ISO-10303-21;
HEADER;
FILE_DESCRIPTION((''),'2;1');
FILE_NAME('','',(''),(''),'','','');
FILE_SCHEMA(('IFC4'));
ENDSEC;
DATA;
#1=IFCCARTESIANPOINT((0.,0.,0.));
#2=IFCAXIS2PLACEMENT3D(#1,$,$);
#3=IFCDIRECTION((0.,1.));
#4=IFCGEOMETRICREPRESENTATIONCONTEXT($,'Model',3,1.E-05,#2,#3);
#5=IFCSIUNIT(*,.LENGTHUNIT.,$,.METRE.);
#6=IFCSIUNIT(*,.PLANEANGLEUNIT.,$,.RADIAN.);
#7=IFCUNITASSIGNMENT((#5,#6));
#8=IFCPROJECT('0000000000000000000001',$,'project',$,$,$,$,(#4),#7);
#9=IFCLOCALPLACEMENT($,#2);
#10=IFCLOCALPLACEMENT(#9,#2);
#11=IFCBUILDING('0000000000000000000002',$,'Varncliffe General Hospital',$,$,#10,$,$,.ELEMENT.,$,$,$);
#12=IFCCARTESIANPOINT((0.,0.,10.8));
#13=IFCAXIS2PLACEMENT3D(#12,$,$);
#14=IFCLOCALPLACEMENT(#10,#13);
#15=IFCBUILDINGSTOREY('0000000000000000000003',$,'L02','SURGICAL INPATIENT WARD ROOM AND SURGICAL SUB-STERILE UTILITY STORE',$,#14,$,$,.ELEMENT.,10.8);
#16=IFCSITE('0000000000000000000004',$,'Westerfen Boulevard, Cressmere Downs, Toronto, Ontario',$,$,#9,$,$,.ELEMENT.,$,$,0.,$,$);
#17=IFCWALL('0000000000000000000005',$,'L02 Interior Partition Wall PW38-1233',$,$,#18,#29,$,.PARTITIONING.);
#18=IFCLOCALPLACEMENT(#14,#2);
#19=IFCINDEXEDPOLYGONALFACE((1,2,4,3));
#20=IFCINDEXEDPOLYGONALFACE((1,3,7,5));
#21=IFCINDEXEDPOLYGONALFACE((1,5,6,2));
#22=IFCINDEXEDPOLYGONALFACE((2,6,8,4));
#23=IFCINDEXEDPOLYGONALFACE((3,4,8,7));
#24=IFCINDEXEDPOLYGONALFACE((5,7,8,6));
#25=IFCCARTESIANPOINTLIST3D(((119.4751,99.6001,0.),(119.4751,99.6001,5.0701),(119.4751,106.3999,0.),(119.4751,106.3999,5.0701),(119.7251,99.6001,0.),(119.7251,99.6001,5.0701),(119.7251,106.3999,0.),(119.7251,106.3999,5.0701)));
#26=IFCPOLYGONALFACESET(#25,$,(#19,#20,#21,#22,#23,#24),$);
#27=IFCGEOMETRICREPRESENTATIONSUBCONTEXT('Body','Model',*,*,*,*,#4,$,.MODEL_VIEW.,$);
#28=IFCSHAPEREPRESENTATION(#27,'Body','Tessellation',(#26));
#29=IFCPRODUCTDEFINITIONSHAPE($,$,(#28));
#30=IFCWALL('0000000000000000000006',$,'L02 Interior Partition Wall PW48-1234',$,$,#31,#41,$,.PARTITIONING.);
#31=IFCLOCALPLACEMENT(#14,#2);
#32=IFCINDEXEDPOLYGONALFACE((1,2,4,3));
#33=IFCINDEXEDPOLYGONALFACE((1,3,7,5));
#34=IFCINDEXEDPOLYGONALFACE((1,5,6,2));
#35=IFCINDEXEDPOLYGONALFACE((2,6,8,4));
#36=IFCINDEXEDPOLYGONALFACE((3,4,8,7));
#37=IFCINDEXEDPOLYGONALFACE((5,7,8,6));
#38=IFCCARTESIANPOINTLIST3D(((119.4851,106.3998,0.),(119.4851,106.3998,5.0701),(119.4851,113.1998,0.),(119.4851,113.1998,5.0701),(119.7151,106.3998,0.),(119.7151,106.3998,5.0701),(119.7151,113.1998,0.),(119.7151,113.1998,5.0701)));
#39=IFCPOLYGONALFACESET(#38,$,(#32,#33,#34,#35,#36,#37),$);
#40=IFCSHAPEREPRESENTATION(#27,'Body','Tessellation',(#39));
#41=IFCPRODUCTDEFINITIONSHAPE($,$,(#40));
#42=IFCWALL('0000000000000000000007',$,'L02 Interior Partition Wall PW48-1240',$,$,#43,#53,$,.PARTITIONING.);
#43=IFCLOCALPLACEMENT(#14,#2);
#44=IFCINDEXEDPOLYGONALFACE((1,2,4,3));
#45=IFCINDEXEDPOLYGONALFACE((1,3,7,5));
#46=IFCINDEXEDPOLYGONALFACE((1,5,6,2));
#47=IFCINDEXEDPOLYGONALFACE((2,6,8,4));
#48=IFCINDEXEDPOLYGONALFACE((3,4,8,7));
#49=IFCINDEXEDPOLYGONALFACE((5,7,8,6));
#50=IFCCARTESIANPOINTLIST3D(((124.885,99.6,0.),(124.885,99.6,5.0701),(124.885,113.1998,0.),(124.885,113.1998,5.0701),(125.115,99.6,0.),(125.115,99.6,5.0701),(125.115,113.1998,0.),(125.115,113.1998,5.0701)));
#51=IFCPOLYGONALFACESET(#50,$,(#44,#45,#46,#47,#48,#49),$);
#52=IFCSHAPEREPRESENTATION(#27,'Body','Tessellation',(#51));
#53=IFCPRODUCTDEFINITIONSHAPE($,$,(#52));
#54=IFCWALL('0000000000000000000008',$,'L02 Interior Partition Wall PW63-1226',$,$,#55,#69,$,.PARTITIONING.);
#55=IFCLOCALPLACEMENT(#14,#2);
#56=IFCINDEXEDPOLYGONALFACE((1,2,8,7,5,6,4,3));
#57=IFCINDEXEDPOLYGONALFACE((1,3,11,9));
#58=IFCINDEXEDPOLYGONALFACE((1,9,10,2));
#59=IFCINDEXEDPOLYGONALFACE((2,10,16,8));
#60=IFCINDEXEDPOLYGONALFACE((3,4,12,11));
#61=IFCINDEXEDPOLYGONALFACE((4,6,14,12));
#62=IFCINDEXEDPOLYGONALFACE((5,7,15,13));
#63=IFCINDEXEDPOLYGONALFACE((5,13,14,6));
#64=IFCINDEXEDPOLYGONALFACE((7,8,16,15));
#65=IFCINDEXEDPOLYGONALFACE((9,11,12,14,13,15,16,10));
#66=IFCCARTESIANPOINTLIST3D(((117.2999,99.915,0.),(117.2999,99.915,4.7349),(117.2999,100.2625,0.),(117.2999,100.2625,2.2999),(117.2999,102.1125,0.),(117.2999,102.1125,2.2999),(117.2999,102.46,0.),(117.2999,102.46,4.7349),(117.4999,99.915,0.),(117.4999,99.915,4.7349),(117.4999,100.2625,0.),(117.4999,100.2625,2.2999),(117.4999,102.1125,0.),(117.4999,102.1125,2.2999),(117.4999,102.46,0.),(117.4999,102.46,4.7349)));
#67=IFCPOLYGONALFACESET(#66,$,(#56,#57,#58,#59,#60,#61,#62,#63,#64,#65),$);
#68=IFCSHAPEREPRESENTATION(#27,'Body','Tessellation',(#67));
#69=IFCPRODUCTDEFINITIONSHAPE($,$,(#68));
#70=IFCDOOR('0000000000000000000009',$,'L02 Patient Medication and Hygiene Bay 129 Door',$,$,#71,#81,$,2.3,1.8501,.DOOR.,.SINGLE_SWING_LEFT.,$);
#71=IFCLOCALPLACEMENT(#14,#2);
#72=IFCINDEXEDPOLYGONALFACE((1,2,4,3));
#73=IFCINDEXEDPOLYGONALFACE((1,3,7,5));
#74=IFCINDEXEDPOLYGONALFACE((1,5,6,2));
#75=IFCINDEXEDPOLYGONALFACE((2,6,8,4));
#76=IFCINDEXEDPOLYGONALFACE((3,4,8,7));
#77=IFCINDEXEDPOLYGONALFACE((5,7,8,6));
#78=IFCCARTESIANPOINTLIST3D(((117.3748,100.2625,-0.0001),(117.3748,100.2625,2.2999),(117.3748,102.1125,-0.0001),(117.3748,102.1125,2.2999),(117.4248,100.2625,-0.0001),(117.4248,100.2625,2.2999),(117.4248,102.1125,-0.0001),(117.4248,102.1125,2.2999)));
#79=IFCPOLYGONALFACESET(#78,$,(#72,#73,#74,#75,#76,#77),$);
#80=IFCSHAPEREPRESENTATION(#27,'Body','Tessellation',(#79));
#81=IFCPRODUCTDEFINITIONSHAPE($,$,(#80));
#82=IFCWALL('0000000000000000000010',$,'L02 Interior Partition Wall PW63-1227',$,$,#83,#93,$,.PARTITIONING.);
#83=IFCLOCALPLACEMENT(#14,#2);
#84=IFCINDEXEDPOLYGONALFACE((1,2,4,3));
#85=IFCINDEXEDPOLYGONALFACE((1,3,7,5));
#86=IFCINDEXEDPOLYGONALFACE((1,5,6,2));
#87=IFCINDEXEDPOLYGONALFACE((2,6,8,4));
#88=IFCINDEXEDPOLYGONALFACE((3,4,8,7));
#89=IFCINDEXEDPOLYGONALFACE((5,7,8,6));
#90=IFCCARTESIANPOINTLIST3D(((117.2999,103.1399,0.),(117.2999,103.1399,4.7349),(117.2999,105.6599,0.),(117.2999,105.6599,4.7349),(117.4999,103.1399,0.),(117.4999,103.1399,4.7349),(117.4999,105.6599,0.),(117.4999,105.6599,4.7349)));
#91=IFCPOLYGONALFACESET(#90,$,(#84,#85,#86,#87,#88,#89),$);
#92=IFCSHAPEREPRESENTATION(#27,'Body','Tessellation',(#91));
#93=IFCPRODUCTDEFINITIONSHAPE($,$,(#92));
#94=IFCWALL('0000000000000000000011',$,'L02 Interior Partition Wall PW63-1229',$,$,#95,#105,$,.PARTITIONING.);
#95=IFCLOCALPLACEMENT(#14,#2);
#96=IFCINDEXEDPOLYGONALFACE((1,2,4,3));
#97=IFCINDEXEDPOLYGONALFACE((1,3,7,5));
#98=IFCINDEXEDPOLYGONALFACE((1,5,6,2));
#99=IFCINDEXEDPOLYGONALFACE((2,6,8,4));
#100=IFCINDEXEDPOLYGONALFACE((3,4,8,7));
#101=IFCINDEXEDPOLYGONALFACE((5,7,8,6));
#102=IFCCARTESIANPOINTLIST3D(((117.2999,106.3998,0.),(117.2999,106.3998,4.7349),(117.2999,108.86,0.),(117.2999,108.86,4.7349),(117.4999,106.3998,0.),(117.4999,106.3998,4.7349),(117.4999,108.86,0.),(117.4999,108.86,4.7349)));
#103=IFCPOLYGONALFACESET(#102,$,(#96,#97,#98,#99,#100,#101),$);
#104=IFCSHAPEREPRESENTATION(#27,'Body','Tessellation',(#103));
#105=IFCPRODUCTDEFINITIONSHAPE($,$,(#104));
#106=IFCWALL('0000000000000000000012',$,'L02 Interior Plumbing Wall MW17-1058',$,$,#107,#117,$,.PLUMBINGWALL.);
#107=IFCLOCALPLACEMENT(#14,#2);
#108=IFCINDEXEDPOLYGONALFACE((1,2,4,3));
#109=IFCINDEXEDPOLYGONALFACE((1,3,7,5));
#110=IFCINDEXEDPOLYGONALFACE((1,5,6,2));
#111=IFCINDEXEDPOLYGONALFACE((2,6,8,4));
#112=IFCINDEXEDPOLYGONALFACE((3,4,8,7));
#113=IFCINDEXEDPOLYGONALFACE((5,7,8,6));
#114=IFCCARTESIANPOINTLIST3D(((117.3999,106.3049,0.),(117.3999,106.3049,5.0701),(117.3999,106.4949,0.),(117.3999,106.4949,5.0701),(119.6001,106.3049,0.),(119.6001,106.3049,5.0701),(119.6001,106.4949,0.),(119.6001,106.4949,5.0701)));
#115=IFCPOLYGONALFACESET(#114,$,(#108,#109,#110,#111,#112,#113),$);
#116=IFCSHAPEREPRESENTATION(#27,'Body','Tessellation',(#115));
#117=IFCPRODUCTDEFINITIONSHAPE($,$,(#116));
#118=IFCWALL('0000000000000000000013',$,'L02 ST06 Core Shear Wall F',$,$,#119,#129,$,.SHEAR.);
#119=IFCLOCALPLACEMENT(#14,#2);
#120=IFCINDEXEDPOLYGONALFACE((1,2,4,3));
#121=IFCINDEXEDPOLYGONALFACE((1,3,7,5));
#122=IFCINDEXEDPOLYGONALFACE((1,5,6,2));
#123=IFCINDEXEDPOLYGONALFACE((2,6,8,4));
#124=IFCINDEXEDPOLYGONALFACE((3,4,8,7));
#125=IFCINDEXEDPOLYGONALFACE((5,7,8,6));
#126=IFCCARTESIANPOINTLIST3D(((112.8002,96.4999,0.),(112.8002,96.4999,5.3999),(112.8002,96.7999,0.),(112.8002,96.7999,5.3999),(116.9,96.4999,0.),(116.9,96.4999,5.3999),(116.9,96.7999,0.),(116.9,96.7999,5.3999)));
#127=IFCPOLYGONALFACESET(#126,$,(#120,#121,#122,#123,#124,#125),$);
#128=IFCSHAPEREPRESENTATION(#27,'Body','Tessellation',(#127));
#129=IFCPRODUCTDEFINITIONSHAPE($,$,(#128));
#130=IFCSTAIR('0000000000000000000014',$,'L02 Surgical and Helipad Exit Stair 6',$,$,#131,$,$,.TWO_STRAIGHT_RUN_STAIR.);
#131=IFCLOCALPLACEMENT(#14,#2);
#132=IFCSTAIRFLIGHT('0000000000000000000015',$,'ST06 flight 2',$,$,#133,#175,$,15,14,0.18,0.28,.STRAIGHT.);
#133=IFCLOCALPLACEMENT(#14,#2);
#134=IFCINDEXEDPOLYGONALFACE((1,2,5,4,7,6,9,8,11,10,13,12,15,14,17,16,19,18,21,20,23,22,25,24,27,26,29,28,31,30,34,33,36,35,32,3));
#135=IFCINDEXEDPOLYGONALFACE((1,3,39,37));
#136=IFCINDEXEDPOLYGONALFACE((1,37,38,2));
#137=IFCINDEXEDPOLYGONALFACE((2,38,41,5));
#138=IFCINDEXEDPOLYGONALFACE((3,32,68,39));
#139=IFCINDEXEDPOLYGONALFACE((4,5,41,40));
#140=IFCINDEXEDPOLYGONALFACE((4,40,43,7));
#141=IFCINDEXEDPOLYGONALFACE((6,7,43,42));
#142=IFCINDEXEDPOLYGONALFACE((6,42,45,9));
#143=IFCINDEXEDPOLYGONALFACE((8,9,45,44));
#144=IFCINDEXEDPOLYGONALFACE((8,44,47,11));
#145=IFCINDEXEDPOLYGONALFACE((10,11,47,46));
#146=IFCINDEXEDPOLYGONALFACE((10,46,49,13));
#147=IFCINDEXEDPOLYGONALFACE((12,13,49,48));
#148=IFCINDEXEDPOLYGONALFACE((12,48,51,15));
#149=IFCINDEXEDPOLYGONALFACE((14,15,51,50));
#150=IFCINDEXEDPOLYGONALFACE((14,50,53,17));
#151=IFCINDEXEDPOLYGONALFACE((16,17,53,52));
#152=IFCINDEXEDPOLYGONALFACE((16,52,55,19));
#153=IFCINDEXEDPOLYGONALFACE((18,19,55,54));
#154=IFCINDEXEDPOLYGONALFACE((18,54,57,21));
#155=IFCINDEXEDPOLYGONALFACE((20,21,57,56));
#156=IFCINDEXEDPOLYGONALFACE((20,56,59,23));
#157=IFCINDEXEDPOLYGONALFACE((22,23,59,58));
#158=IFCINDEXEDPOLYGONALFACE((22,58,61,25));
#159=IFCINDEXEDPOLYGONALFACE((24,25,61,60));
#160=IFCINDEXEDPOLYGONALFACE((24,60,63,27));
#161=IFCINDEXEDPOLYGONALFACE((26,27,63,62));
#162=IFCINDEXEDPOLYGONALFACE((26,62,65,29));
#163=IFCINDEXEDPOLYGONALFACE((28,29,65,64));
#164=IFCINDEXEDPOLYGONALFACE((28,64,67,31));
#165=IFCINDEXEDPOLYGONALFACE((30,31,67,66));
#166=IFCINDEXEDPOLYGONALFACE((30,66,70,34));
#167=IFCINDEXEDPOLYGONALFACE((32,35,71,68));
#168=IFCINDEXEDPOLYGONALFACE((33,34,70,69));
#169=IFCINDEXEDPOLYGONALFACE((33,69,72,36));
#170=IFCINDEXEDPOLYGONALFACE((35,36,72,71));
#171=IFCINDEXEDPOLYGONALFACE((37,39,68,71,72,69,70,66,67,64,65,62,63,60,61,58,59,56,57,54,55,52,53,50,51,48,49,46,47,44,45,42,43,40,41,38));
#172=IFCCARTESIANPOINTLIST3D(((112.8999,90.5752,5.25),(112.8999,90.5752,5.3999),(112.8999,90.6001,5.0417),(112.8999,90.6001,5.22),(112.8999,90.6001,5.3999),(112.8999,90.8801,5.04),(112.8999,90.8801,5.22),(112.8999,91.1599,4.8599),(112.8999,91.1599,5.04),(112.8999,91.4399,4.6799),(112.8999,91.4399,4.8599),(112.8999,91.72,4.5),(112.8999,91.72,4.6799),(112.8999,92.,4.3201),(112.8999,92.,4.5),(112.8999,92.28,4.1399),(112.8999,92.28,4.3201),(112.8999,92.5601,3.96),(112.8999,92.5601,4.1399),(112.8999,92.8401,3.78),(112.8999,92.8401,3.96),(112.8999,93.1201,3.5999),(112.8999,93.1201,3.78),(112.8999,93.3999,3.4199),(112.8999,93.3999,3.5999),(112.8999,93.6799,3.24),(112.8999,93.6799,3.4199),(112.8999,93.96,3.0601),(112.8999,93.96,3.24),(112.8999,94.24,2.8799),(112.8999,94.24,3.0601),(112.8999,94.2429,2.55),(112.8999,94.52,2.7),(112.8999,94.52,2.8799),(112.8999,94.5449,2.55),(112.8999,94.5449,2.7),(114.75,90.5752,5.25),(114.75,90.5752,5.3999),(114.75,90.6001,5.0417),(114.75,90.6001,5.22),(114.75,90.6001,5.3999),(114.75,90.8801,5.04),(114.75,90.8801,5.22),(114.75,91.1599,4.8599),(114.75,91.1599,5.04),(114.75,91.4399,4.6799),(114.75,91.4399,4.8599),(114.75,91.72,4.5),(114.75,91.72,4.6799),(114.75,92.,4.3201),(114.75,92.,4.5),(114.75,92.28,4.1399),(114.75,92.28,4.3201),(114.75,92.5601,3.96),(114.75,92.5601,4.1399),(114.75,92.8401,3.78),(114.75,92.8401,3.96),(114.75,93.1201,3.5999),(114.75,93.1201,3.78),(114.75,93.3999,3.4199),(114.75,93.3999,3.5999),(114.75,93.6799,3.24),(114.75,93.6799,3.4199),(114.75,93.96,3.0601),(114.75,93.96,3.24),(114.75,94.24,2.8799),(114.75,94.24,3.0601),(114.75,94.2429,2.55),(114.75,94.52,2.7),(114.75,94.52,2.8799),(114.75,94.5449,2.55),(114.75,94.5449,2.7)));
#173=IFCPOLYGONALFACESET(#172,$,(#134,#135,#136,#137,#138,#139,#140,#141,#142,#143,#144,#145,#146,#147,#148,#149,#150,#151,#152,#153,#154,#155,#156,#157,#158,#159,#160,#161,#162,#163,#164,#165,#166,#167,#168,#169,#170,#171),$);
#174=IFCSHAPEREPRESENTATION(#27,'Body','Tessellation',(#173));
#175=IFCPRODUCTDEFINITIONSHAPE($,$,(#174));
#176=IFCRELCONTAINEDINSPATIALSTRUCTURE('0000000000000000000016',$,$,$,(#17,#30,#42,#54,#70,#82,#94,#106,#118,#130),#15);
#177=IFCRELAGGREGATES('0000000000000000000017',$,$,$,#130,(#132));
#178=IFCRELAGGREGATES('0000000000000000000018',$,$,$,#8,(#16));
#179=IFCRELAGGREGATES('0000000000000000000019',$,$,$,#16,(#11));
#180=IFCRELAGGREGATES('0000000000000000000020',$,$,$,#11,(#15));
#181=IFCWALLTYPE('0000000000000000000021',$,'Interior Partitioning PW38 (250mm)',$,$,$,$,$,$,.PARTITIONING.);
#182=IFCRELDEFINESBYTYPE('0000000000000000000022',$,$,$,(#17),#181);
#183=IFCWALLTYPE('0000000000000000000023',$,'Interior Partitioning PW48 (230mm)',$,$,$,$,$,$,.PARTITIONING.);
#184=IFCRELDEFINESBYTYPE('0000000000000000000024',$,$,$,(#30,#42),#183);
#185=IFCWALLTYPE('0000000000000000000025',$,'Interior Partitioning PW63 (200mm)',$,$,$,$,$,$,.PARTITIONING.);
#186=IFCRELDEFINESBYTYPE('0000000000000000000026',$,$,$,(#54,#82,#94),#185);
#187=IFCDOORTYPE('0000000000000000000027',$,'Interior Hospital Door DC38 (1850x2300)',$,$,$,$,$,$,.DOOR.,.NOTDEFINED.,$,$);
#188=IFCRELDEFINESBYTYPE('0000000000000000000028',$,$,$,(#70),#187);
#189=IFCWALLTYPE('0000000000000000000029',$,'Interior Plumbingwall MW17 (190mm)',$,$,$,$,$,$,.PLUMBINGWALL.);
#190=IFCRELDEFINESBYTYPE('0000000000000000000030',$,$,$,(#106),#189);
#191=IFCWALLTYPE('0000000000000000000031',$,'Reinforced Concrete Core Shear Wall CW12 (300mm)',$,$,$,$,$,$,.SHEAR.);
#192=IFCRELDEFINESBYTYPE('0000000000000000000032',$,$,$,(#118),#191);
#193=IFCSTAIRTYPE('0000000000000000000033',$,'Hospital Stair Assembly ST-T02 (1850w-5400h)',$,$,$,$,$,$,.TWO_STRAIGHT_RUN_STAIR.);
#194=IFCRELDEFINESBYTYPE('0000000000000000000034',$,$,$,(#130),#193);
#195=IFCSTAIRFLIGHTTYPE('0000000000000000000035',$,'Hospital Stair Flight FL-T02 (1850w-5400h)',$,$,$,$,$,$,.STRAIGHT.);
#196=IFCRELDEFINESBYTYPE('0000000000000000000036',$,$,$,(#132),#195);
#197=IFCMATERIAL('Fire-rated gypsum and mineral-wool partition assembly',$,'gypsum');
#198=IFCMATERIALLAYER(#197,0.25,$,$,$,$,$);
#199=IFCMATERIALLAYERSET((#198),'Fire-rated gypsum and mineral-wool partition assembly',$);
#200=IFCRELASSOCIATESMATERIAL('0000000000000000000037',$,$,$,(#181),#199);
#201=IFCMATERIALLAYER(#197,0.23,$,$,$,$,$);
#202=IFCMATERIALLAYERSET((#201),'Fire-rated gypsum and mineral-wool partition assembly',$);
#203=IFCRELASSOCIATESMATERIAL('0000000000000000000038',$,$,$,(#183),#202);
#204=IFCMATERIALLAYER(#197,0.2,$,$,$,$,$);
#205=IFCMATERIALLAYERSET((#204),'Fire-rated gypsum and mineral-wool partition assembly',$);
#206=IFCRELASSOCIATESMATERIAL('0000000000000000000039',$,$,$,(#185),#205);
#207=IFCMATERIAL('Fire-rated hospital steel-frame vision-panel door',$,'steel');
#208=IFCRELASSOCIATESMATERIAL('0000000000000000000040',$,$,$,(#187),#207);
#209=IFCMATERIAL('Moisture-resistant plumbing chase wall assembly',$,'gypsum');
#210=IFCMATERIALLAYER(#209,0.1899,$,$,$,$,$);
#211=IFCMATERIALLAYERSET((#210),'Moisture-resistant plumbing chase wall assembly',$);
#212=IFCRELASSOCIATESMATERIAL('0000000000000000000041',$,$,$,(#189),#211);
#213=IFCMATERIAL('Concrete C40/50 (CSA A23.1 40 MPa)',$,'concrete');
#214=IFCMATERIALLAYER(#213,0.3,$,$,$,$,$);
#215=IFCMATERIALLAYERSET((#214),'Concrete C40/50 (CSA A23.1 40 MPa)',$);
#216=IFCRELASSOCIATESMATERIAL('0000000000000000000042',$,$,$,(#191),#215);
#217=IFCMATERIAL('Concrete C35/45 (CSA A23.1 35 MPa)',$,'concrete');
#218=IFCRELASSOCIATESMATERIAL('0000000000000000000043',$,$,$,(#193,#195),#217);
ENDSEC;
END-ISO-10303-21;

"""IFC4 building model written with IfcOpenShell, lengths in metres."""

from ifc_helpers import new_model, si_unit, direction, frame, frame_2d, origin, place, context, subcontext, project, spatial, polyline, rectangle, outline, extrude, material, layer, layer_set, type_object, element, fill, aggregate, save


model = new_model("IFC4")

# Units and contexts
model_context = context("Model", 3, precision=1e-05, world=origin(), true_north=direction((0.0, 1.0)))
body_context = subcontext(model_context, "Body", "Model", "MODEL_VIEW")
ifc_project = project(units=[si_unit("LENGTHUNIT", "METRE"), si_unit("PLANEANGLEUNIT", "RADIAN")], contexts=[model_context])

# Site, building, storey
site_placement = place(None, origin())
site = spatial("IfcSite", under=ifc_project, at=site_placement, Name="Westerfen Boulevard, Cressmere Downs, Toronto, Ontario", CompositionType="ELEMENT", RefElevation=0.0)
building_placement = place(site_placement, origin())
building = spatial("IfcBuilding", under=site, at=building_placement, Name="Varncliffe General Hospital", CompositionType="ELEMENT")
storey_placement = place(building_placement, frame((0.0, 0.0, 10.8)))
storey = spatial("IfcBuildingStorey", under=building, at=storey_placement, Name="L02", Description="SURGICAL INPATIENT WARD ROOM AND SURGICAL SUB-STERILE UTILITY STORE", CompositionType="ELEMENT", Elevation=10.8)

# Shared definitions
ifc_material_1 = material(Name="Concrete C40/50 (CSA A23.1 40 MPa)", Category="concrete")

# Shared definitions
ifc_material_2 = material(Name="Concrete C35/45 (CSA A23.1 35 MPa)", Category="concrete")

# Walls
ifc_material_3 = material(Name="Fire-rated gypsum and mineral-wool partition assembly", Category="gypsum")
ifc_layer_1 = layer(ifc_material_3, 0.25)
ifc_layer_set_1 = layer_set([ifc_layer_1], Name="Fire-rated gypsum and mineral-wool partition assembly")
wall_type_1 = type_object("IfcWallType", Name="Interior Partitioning PW38 (250mm)", PredefinedType="PARTITIONING", material=ifc_layer_set_1)
wall_1_placement = place(storey_placement, frame((119.6001, 99.6001, 0.0), z_axis=(0.0, 0.0, 1.0), x_axis=(0.0, 1.0, 0.0)))
element("IfcWall", 1, at=wall_1_placement, inside=storey, type_object=wall_type_1, Name="L02 Interior Partition Wall PW38-1233", PredefinedType="PARTITIONING", context=body_context, shape_type="SweptSolid", body=[
    extrude(rectangle(XDim=6.7998, YDim=0.25, at=frame_2d((3.3999, 0.0))), origin(), (0.0, 0.0, 1.0), 5.0701),
])
ifc_layer_2 = layer(ifc_material_3, 0.23)
ifc_layer_set_2 = layer_set([ifc_layer_2], Name="Fire-rated gypsum and mineral-wool partition assembly")
wall_type_2 = type_object("IfcWallType", Name="Interior Partitioning PW48 (230mm)", PredefinedType="PARTITIONING", material=ifc_layer_set_2)
wall_2_placement = place(storey_placement, frame((119.6001, 106.3999, 0.0), z_axis=(0.0, 0.0, 1.0), x_axis=(0.0, 1.0, 0.0)))
element("IfcWall", 2, at=wall_2_placement, inside=storey, type_object=wall_type_2, Name="L02 Interior Partition Wall PW48-1234", PredefinedType="PARTITIONING", context=body_context, shape_type="SweptSolid", body=[
    extrude(rectangle(XDim=6.8, YDim=0.23, at=frame_2d((3.3999, 0.0))), origin(), (0.0, 0.0, 1.0), 5.0701),
])
wall_3_placement = place(storey_placement, frame((125.0, 99.6001, 0.0), z_axis=(0.0, 0.0, 1.0), x_axis=(0.0, 1.0, 0.0)))
element("IfcWall", 3, at=wall_3_placement, inside=storey, type_object=wall_type_2, Name="L02 Interior Partition Wall PW48-1240", PredefinedType="PARTITIONING", context=body_context, shape_type="SweptSolid", body=[
    extrude(rectangle(XDim=13.5999, YDim=0.23, at=frame_2d((6.7998, 0.0))), origin(), (0.0, 0.0, 1.0), 5.0701),
])

# Wall, opening, door
ifc_layer_3 = layer(ifc_material_3, 0.2)
ifc_layer_set_3 = layer_set([ifc_layer_3], Name="Fire-rated gypsum and mineral-wool partition assembly")
wall_type_3 = type_object("IfcWallType", Name="Interior Partitioning PW63 (200mm)", PredefinedType="PARTITIONING", material=ifc_layer_set_3)
wall_4_placement = place(storey_placement, frame((117.3999, 99.915, 0.0), z_axis=(0.0, 0.0, 1.0), x_axis=(0.0, 1.0, 0.0)))
wall_4 = element("IfcWall", 4, at=wall_4_placement, inside=storey, type_object=wall_type_3, Name="L02 Interior Partition Wall PW63-1226", PredefinedType="PARTITIONING", context=body_context, shape_type="SweptSolid", body=[
    extrude(rectangle(XDim=2.5449, YDim=0.2, at=frame_2d((1.2725, 0.0))), origin(), (0.0, 0.0, 1.0), 4.7349),
])
opening_placement = place(wall_4_placement, frame((0.3474, 0.0, 0.0)))
opening = element("IfcOpeningElement", 5, at=opening_placement, cuts=wall_4, PredefinedType="OPENING", context=body_context, shape_type="SweptSolid", body=[
    extrude(rectangle(XDim=1.8501, YDim=2.3, at=frame_2d((0.925, 1.1499))), frame((0.0, 0.1099, 0.0), z_axis=(0.0, -1.0, 0.0), x_axis=(1.0, 0.0, 0.0)), (0.0, 0.0, 1.0), 0.22),
])
ifc_material_4 = material(Name="Fire-rated hospital steel-frame vision-panel door", Category="steel")
door_type = type_object("IfcDoorType", Name="Interior Hospital Door DC38 (1850x2300)", OperationType="NOTDEFINED", PredefinedType="DOOR", material=ifc_material_4)
door_placement = place(opening_placement, frame((1.8501, 0.0, 0.0), z_axis=(0.0, 0.0, 1.0), x_axis=(-1.0, 0.0, 0.0)))
door = element("IfcDoor", 6, at=door_placement, inside=storey, type_object=door_type, Name="L02 Patient Medication and Hygiene Bay 129 Door", OperationType="SINGLE_SWING_LEFT", OverallHeight=2.3, OverallWidth=1.8501, PredefinedType="DOOR", context=body_context, shape_type="SweptSolid", body=[
    extrude(rectangle(XDim=1.8501, YDim=2.3, at=frame_2d((0.925, 1.1499))), frame((0.0, 0.0249, 0.0), z_axis=(0.0, -1.0, 0.0), x_axis=(1.0, 0.0, 0.0)), (0.0, 0.0, 1.0), 0.05),
])
fill(opening, door)

# Walls
wall_5_placement = place(storey_placement, frame((117.3999, 103.1399, 0.0), z_axis=(0.0, 0.0, 1.0), x_axis=(0.0, 1.0, 0.0)))
element("IfcWall", 7, at=wall_5_placement, inside=storey, type_object=wall_type_3, Name="L02 Interior Partition Wall PW63-1227", PredefinedType="PARTITIONING", context=body_context, shape_type="SweptSolid", body=[
    extrude(rectangle(XDim=2.52, YDim=0.2, at=frame_2d((1.26, 0.0))), origin(), (0.0, 0.0, 1.0), 4.7349),
])
wall_6_placement = place(storey_placement, frame((117.3999, 106.3999, 0.0), z_axis=(0.0, 0.0, 1.0), x_axis=(0.0, 1.0, 0.0)))
element("IfcWall", 8, at=wall_6_placement, inside=storey, type_object=wall_type_3, Name="L02 Interior Partition Wall PW63-1229", PredefinedType="PARTITIONING", context=body_context, shape_type="SweptSolid", body=[
    extrude(rectangle(XDim=2.4602, YDim=0.2, at=frame_2d((1.23, 0.0))), origin(), (0.0, 0.0, 1.0), 4.7349),
])
ifc_material_5 = material(Name="Moisture-resistant plumbing chase wall assembly", Category="gypsum")
ifc_layer_4 = layer(ifc_material_5, 0.1899)
ifc_layer_set_4 = layer_set([ifc_layer_4], Name="Moisture-resistant plumbing chase wall assembly")
wall_type_4 = type_object("IfcWallType", Name="Interior Plumbingwall MW17 (190mm)", PredefinedType="PLUMBINGWALL", material=ifc_layer_set_4)
wall_7_placement = place(storey_placement, frame((117.3999, 106.3999, 0.0), z_axis=(0.0, 0.0, 1.0), x_axis=(1.0, 0.0, 0.0)))
element("IfcWall", 9, at=wall_7_placement, inside=storey, type_object=wall_type_4, Name="L02 Interior Plumbing Wall MW17-1058", PredefinedType="PLUMBINGWALL", context=body_context, shape_type="SweptSolid", body=[
    extrude(rectangle(XDim=2.2002, YDim=0.1899, at=frame_2d((1.1001, 0.0))), origin(), (0.0, 0.0, 1.0), 5.0701),
])
ifc_layer_5 = layer(ifc_material_1, 0.3)
ifc_layer_set_5 = layer_set([ifc_layer_5], Name="Concrete C40/50 (CSA A23.1 40 MPa)")
wall_type_5 = type_object("IfcWallType", Name="Reinforced Concrete Core Shear Wall CW12 (300mm)", PredefinedType="SHEAR", material=ifc_layer_set_5)
wall_8_placement = place(storey_placement, frame((116.8999, 96.6499, 0.0), z_axis=(0.0, 0.0, 1.0), x_axis=(-1.0, 0.0, 0.0)))
element("IfcWall", 10, at=wall_8_placement, inside=storey, type_object=wall_type_5, Name="L02 ST06 Core Shear Wall F", PredefinedType="SHEAR", context=body_context, shape_type="SweptSolid", body=[
    extrude(rectangle(XDim=4.0999, YDim=0.3, at=frame_2d((2.0498, 0.0))), origin(), (0.0, 0.0, 1.0), 5.3999),
])

# Stair, stair flight
stair_type = type_object("IfcStairType", Name="Hospital Stair Assembly ST-T02 (1850w-5400h)", PredefinedType="TWO_STRAIGHT_RUN_STAIR", material=ifc_material_2)
stair_placement = place(storey_placement, origin())
stair = element("IfcStair", 11, at=stair_placement, inside=storey, type_object=stair_type, Name="L02 Surgical and Helipad Exit Stair 6", PredefinedType="TWO_STRAIGHT_RUN_STAIR")
stair_flight_type = type_object("IfcStairFlightType", Name="Hospital Stair Flight FL-T02 (1850w-5400h)", PredefinedType="STRAIGHT", material=ifc_material_2)
stair_flight_placement = place(storey_placement, frame((113.825, 94.52, 2.7), z_axis=(0.0, 0.0, 1.0), x_axis=(0.0, -1.0, 0.0)))
stair_flight = element("IfcStairFlight", 12, at=stair_flight_placement, type_object=stair_flight_type, Name="ST06 flight 2", NumberOfRisers=15, NumberOfTreads=14, PredefinedType="STRAIGHT", RiserHeight=0.18, TreadLength=0.28, context=body_context, shape_type="SweptSolid", body=[
    extrude(outline(polyline([(-0.0249, -0.1499), (-0.0249, 0.0), (0.0, 0.0), (0.0, 0.1799), (0.28, 0.1799), (0.28, 0.3601), (0.5601, 0.3601), (0.5601, 0.54), (0.8401, 0.54), (0.8401, 0.72), (1.1201, 0.72), (1.1201, 0.8999), (1.3999, 0.8999), (1.3999, 1.0801), (1.6799, 1.0801), (1.6799, 1.26), (1.96, 1.26), (1.96, 1.4399), (2.24, 1.4399), (2.24, 1.6201), (2.52, 1.6201), (2.52, 1.8), (2.8, 1.8), (2.8, 1.98), (3.0801, 1.98), (3.0801, 2.1599), (3.3601, 2.1599), (3.3601, 2.3401), (3.6399, 2.3401), (3.6399, 2.52), (3.9199, 2.52), (3.9199, 2.7), (3.9448, 2.7), (3.9448, 2.55), (3.9199, 2.3418), (0.2771, -0.1499), (-0.0249, -0.1499)])), frame((0.0, 0.925, 0.0), z_axis=(0.0, -1.0, 0.0), x_axis=(1.0, 0.0, 0.0)), (0.0, 0.0, 1.0), 1.8501),
])
aggregate(stair, [stair_flight])

save(model, "model.ifc")
